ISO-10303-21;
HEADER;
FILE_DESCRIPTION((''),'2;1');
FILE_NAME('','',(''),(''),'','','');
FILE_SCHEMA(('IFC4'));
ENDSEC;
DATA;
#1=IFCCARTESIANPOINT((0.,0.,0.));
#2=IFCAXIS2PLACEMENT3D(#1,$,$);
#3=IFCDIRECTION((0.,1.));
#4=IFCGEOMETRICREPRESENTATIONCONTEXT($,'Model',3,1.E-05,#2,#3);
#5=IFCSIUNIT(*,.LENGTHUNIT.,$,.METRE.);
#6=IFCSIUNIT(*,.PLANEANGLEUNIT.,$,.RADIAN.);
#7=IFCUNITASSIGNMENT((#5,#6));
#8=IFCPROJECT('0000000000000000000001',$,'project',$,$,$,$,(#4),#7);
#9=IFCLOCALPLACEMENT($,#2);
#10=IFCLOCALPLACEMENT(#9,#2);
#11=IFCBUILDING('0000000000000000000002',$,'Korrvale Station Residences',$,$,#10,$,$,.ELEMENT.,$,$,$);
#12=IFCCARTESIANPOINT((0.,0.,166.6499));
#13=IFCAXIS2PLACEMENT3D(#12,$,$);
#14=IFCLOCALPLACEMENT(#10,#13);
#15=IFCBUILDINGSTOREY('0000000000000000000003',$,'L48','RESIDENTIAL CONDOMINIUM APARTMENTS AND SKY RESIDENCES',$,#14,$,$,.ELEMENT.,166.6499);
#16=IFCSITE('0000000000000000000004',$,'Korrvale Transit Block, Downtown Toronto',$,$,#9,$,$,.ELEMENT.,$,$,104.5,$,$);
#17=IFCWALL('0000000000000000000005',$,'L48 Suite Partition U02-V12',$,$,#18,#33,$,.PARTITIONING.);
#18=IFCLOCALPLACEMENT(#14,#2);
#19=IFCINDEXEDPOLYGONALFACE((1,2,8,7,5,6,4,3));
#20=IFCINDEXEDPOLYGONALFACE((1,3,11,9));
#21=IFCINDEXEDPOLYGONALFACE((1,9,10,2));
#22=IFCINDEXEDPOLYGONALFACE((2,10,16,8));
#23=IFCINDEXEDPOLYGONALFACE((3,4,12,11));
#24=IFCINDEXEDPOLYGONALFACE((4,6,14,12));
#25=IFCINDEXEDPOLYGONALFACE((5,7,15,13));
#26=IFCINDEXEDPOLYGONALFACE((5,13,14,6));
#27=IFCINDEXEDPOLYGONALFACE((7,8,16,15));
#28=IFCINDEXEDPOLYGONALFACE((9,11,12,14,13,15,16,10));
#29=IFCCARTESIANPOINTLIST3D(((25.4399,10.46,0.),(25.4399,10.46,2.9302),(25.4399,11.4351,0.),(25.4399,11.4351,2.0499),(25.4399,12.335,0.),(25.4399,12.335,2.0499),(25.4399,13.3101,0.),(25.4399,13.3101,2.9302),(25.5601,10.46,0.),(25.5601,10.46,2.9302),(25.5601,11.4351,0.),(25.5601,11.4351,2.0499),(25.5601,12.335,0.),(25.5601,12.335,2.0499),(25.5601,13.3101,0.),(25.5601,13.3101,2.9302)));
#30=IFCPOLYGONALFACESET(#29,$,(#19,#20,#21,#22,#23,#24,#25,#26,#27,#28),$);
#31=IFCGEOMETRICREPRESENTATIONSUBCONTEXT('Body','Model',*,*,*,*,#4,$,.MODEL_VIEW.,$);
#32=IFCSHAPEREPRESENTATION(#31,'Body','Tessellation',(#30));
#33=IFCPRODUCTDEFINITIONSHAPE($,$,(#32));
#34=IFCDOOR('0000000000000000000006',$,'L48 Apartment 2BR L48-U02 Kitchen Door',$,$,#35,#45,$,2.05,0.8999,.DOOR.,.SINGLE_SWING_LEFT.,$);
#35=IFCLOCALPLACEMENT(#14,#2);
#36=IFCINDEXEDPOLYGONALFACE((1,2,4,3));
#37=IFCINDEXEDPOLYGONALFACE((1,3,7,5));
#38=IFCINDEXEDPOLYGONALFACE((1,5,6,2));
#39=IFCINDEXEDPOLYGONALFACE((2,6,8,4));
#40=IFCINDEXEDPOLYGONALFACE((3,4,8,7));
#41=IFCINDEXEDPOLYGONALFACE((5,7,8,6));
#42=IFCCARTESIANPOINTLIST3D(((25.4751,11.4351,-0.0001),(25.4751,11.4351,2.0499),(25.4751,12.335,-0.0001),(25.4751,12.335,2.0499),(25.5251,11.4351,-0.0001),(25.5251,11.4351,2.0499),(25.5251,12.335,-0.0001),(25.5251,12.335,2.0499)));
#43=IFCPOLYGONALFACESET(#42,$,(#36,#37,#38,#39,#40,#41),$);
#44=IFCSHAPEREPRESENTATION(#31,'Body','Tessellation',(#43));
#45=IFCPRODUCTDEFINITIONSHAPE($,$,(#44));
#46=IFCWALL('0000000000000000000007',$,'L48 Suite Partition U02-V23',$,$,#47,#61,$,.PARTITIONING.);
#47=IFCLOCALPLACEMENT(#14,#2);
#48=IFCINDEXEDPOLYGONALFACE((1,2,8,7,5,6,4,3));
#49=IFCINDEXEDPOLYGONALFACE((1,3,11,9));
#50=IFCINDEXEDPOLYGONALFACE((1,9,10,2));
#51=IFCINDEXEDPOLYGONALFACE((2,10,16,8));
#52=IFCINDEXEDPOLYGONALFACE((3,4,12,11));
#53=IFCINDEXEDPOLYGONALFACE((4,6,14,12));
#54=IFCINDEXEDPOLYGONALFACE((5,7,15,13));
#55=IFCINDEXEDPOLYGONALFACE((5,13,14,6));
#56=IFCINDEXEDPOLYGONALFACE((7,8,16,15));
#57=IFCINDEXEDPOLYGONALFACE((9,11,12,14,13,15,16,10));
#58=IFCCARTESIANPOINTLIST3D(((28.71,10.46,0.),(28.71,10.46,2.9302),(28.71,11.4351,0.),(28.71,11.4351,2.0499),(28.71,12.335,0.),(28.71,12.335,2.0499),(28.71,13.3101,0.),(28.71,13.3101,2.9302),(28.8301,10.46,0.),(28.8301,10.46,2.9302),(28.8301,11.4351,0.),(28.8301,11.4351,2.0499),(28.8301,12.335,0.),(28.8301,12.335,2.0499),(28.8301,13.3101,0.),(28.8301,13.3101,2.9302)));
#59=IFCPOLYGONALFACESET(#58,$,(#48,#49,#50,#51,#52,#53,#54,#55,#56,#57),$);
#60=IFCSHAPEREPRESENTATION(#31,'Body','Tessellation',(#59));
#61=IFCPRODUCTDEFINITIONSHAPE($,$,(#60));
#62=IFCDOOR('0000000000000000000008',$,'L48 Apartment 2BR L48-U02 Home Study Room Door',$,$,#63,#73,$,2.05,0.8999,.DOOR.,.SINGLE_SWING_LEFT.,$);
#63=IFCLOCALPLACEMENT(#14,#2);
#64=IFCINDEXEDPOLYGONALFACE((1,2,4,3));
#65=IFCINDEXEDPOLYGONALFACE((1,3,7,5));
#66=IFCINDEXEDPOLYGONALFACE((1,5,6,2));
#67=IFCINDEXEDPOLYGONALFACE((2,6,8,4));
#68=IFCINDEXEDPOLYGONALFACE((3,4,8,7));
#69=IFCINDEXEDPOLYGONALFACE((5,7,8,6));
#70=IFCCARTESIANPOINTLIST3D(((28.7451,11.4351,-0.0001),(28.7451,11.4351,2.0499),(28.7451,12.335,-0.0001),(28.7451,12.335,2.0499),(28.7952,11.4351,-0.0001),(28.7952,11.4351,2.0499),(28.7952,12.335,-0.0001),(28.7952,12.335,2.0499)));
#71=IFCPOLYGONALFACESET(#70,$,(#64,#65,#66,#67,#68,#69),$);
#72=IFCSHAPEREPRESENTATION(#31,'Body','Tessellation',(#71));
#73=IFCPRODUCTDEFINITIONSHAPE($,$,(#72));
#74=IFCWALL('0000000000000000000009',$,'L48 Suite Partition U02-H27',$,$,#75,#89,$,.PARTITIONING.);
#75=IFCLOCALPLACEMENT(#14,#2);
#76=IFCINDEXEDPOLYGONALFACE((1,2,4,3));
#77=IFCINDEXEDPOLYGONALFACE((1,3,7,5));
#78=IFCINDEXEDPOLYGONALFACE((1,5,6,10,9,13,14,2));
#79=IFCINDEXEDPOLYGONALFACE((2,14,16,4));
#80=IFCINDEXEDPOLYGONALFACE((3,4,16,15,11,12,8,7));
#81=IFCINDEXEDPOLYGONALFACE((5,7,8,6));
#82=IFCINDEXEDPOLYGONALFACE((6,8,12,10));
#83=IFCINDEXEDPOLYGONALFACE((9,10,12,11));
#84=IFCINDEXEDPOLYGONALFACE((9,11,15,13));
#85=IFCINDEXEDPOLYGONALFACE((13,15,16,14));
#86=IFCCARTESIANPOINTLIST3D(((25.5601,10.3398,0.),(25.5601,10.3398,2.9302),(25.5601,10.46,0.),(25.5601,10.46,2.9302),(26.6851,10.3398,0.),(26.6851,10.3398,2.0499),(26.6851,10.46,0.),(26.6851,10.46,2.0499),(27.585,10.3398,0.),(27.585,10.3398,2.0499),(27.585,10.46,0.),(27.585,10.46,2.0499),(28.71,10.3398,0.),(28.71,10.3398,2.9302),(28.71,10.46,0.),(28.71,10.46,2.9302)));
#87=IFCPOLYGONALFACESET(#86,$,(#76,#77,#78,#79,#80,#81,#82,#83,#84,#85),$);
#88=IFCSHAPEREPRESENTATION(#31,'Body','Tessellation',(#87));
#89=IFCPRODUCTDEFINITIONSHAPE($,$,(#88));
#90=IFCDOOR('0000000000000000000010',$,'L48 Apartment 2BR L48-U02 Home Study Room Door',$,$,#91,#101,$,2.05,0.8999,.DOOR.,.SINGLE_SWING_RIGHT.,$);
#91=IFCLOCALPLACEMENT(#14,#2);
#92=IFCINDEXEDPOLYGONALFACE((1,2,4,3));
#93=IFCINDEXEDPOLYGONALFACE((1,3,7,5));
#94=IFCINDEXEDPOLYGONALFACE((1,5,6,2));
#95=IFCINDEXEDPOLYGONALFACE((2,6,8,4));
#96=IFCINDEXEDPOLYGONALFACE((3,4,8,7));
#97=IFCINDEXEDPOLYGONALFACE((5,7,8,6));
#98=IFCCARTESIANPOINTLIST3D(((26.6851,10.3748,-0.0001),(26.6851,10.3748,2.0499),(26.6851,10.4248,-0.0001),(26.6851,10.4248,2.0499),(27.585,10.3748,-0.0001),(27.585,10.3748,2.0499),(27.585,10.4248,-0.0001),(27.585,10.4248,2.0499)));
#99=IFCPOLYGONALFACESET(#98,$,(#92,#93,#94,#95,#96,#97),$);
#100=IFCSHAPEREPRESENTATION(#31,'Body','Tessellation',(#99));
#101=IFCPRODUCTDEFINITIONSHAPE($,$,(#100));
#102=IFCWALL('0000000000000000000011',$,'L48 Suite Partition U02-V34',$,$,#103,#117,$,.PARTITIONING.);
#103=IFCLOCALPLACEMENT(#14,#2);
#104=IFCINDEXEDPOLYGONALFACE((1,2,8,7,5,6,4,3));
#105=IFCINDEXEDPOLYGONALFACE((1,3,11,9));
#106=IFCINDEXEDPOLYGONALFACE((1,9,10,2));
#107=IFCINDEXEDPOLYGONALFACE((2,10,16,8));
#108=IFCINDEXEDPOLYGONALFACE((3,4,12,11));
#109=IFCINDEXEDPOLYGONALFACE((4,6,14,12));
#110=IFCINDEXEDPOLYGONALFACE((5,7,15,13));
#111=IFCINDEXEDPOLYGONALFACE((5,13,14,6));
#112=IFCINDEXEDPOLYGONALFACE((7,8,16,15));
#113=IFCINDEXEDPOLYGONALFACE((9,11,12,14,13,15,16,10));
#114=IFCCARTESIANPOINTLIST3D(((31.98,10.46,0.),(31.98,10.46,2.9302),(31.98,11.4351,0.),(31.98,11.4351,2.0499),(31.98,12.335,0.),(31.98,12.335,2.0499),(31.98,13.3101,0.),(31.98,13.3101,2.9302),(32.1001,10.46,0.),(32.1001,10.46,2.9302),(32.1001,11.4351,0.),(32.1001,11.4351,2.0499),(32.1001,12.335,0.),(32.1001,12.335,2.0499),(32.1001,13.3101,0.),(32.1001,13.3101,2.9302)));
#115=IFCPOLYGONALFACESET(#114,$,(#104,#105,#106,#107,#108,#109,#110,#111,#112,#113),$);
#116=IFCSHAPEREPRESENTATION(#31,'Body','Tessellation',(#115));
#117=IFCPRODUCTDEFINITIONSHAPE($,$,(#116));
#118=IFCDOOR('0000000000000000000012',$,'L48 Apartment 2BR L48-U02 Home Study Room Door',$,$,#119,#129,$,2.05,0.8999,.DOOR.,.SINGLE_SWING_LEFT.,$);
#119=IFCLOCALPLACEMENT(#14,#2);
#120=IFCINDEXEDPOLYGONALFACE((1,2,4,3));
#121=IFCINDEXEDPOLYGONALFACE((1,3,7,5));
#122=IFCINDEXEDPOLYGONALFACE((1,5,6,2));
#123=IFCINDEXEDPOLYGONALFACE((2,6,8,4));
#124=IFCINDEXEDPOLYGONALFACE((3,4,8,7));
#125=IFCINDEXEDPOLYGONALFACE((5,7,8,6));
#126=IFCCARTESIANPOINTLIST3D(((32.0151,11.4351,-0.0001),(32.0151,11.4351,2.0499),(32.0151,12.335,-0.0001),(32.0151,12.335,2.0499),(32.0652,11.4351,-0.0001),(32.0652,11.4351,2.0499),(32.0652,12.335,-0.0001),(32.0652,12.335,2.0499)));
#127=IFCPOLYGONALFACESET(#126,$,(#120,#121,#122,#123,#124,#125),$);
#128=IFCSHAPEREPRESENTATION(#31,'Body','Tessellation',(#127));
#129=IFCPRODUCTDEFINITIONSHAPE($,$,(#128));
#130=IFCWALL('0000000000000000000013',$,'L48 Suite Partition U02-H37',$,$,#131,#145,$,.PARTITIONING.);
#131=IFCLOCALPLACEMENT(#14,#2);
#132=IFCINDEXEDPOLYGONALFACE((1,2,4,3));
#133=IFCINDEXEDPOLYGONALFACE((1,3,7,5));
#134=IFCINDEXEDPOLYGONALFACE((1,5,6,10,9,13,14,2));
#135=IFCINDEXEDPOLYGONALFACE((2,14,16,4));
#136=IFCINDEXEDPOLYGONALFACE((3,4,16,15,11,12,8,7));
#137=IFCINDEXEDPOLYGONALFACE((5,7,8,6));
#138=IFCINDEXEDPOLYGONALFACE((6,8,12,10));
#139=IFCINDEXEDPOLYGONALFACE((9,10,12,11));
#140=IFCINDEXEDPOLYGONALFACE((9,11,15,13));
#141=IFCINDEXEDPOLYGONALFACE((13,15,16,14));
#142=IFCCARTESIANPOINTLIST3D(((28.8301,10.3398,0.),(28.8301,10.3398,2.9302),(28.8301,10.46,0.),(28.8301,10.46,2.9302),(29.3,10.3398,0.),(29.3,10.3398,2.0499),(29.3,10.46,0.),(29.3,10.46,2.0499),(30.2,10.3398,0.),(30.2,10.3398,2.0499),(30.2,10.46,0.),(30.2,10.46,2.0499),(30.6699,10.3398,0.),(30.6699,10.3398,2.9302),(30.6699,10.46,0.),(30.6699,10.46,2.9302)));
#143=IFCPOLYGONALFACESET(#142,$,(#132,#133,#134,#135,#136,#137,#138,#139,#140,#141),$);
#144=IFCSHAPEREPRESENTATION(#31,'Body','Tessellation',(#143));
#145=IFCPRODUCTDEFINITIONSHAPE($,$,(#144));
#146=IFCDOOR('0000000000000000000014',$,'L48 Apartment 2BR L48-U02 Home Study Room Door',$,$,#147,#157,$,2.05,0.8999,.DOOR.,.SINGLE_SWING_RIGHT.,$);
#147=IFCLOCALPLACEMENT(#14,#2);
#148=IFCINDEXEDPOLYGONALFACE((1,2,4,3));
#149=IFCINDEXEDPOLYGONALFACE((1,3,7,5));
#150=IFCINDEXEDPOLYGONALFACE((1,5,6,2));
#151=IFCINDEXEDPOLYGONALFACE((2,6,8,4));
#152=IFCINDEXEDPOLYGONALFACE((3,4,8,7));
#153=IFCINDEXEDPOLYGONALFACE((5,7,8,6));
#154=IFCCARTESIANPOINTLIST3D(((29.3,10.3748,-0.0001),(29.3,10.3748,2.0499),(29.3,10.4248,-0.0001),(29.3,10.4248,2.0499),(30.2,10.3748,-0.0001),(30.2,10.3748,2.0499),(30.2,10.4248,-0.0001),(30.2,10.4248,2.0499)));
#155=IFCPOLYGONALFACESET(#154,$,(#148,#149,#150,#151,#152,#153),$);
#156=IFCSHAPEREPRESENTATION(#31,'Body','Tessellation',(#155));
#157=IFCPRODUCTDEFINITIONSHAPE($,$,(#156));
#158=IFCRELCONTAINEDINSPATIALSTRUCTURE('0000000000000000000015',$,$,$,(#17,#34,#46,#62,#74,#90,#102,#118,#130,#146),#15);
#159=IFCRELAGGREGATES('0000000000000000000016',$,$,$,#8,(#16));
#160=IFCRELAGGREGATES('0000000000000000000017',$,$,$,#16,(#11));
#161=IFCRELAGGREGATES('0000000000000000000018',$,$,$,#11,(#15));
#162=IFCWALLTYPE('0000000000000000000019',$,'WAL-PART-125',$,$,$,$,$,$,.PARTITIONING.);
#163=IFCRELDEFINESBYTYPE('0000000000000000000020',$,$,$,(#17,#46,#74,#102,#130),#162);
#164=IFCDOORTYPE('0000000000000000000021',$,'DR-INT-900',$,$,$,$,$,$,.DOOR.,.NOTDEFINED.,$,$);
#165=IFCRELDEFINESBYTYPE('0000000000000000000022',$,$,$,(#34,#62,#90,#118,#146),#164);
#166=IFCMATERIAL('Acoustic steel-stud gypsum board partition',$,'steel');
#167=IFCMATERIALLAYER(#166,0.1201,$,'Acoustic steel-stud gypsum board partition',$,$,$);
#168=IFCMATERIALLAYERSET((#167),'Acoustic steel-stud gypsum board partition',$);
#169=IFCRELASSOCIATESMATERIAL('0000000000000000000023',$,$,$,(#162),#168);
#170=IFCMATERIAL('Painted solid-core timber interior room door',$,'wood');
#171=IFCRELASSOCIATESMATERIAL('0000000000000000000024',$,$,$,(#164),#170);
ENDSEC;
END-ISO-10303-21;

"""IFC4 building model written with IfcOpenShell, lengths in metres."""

from ifc_helpers import new_model, si_unit, direction, frame, frame_2d, origin, place, context, subcontext, project, spatial, rectangle, extrude, material, layer, layer_set, type_object, element, fill, save


model = new_model("IFC4")

# Units and contexts
model_context = context("Model", 3, precision=1e-05, world=origin(), true_north=direction((0.0, 1.0)))
body_context = subcontext(model_context, "Body", "Model", "MODEL_VIEW")
ifc_project = project(units=[si_unit("LENGTHUNIT", "METRE"), si_unit("PLANEANGLEUNIT", "RADIAN")], contexts=[model_context])

# Site, building, storey
site_placement = place(None, origin())
site = spatial("IfcSite", under=ifc_project, at=site_placement, Name="Korrvale Transit Block, Downtown Toronto", CompositionType="ELEMENT", RefElevation=104.5)
building_placement = place(site_placement, origin())
building = spatial("IfcBuilding", under=site, at=building_placement, Name="Korrvale Station Residences", CompositionType="ELEMENT")
storey_placement = place(building_placement, frame((0.0, 0.0, 166.6499)))
storey = spatial("IfcBuildingStorey", under=building, at=storey_placement, Name="L48", Description="RESIDENTIAL CONDOMINIUM APARTMENTS AND SKY RESIDENCES", CompositionType="ELEMENT", Elevation=166.6499)

# Walls, openings, doors
ifc_material_1 = material(Name="Acoustic steel-stud gypsum board partition", Category="steel")
ifc_layer_1 = layer(ifc_material_1, 0.1201, Name="Acoustic steel-stud gypsum board partition")
ifc_layer_set_1 = layer_set([ifc_layer_1], Name="Acoustic steel-stud gypsum board partition")
wall_type = type_object("IfcWallType", Name="WAL-PART-125", PredefinedType="PARTITIONING", material=ifc_layer_set_1)
wall_1_placement = place(storey_placement, frame((25.5, 10.46, 0.0), z_axis=(0.0, 0.0, 1.0), x_axis=(0.0, 1.0, 0.0)))
wall_1 = element("IfcWall", 1, at=wall_1_placement, inside=storey, type_object=wall_type, Name="L48 Suite Partition U02-V12", PredefinedType="PARTITIONING", context=body_context, shape_type="SweptSolid", body=[
    extrude(rectangle(XDim=2.8501, YDim=0.1201, at=frame_2d((1.425, 0.0))), origin(), (0.0, 0.0, 1.0), 2.9302),
])
opening_1_placement = place(wall_1_placement, frame((0.9751, 0.0, 0.0)))
opening_1 = element("IfcOpeningElement", 2, at=opening_1_placement, cuts=wall_1, PredefinedType="OPENING", context=body_context, shape_type="SweptSolid", body=[
    extrude(rectangle(XDim=0.8999, YDim=2.05, at=frame_2d((0.45, 1.0249))), frame((0.0, 0.0701, 0.0), z_axis=(0.0, -1.0, 0.0), x_axis=(1.0, 0.0, 0.0)), (0.0, 0.0, 1.0), 0.1401),
])
ifc_material_2 = material(Name="Painted solid-core timber interior room door", Category="wood")
door_type = type_object("IfcDoorType", Name="DR-INT-900", OperationType="NOTDEFINED", PredefinedType="DOOR", material=ifc_material_2)
door_1_placement = place(opening_1_placement, origin())
door_1 = element("IfcDoor", 3, at=door_1_placement, inside=storey, type_object=door_type, Name="L48 Apartment 2BR L48-U02 Kitchen Door", OperationType="SINGLE_SWING_LEFT", OverallHeight=2.05, OverallWidth=0.8999, PredefinedType="DOOR", context=body_context, shape_type="SweptSolid", body=[
    extrude(rectangle(XDim=0.8999, YDim=2.05, at=frame_2d((0.45, 1.0249))), frame((0.0, 0.0249, 0.0), z_axis=(0.0, -1.0, 0.0), x_axis=(1.0, 0.0, 0.0)), (0.0, 0.0, 1.0), 0.05),
])
fill(opening_1, door_1)
wall_2_placement = place(storey_placement, frame((28.77, 10.46, 0.0), z_axis=(0.0, 0.0, 1.0), x_axis=(0.0, 1.0, 0.0)))
wall_2 = element("IfcWall", 4, at=wall_2_placement, inside=storey, type_object=wall_type, Name="L48 Suite Partition U02-V23", PredefinedType="PARTITIONING", context=body_context, shape_type="SweptSolid", body=[
    extrude(rectangle(XDim=2.8501, YDim=0.1201, at=frame_2d((1.425, 0.0))), origin(), (0.0, 0.0, 1.0), 2.9302),
])
opening_2_placement = place(wall_2_placement, frame((0.9751, 0.0, 0.0)))
opening_2 = element("IfcOpeningElement", 5, at=opening_2_placement, cuts=wall_2, PredefinedType="OPENING", context=body_context, shape_type="SweptSolid", body=[
    extrude(rectangle(XDim=0.8999, YDim=2.05, at=frame_2d((0.45, 1.0249))), frame((0.0, 0.0701, 0.0), z_axis=(0.0, -1.0, 0.0), x_axis=(1.0, 0.0, 0.0)), (0.0, 0.0, 1.0), 0.1401),
])
door_2_placement = place(opening_2_placement, origin())
door_2 = element("IfcDoor", 6, at=door_2_placement, inside=storey, type_object=door_type, Name="L48 Apartment 2BR L48-U02 Home Study Room Door", OperationType="SINGLE_SWING_LEFT", OverallHeight=2.05, OverallWidth=0.8999, PredefinedType="DOOR", context=body_context, shape_type="SweptSolid", body=[
    extrude(rectangle(XDim=0.8999, YDim=2.05, at=frame_2d((0.45, 1.0249))), frame((0.0, 0.0249, 0.0), z_axis=(0.0, -1.0, 0.0), x_axis=(1.0, 0.0, 0.0)), (0.0, 0.0, 1.0), 0.05),
])
fill(opening_2, door_2)
wall_3_placement = place(storey_placement, frame((25.5601, 10.3999, 0.0), z_axis=(0.0, 0.0, 1.0), x_axis=(1.0, 0.0, 0.0)))
wall_3 = element("IfcWall", 7, at=wall_3_placement, inside=storey, type_object=wall_type, Name="L48 Suite Partition U02-H27", PredefinedType="PARTITIONING", context=body_context, shape_type="SweptSolid", body=[
    extrude(rectangle(XDim=3.1499, YDim=0.1201, at=frame_2d((1.575, 0.0))), origin(), (0.0, 0.0, 1.0), 2.9302),
])
opening_3_placement = place(wall_3_placement, frame((1.125, 0.0, 0.0)))
opening_3 = element("IfcOpeningElement", 8, at=opening_3_placement, cuts=wall_3, PredefinedType="OPENING", context=body_context, shape_type="SweptSolid", body=[
    extrude(rectangle(XDim=0.8999, YDim=2.05, at=frame_2d((0.45, 1.0249))), frame((0.0, 0.0701, 0.0), z_axis=(0.0, -1.0, 0.0), x_axis=(1.0, 0.0, 0.0)), (0.0, 0.0, 1.0), 0.1401),
])
door_3_placement = place(opening_3_placement, origin())
door_3 = element("IfcDoor", 9, at=door_3_placement, inside=storey, type_object=door_type, Name="L48 Apartment 2BR L48-U02 Home Study Room Door", OperationType="SINGLE_SWING_RIGHT", OverallHeight=2.05, OverallWidth=0.8999, PredefinedType="DOOR", context=body_context, shape_type="SweptSolid", body=[
    extrude(rectangle(XDim=0.8999, YDim=2.05, at=frame_2d((0.45, 1.0249))), frame((0.0, 0.0249, 0.0), z_axis=(0.0, -1.0, 0.0), x_axis=(1.0, 0.0, 0.0)), (0.0, 0.0, 1.0), 0.05),
])
fill(opening_3, door_3)
wall_4_placement = place(storey_placement, frame((32.04, 10.46, 0.0), z_axis=(0.0, 0.0, 1.0), x_axis=(0.0, 1.0, 0.0)))
wall_4 = element("IfcWall", 10, at=wall_4_placement, inside=storey, type_object=wall_type, Name="L48 Suite Partition U02-V34", PredefinedType="PARTITIONING", context=body_context, shape_type="SweptSolid", body=[
    extrude(rectangle(XDim=2.8501, YDim=0.1201, at=frame_2d((1.425, 0.0))), origin(), (0.0, 0.0, 1.0), 2.9302),
])
opening_4_placement = place(wall_4_placement, frame((0.9751, 0.0, 0.0)))
opening_4 = element("IfcOpeningElement", 11, at=opening_4_placement, cuts=wall_4, PredefinedType="OPENING", context=body_context, shape_type="SweptSolid", body=[
    extrude(rectangle(XDim=0.8999, YDim=2.05, at=frame_2d((0.45, 1.0249))), frame((0.0, 0.0701, 0.0), z_axis=(0.0, -1.0, 0.0), x_axis=(1.0, 0.0, 0.0)), (0.0, 0.0, 1.0), 0.1401),
])
door_4_placement = place(opening_4_placement, origin())
door_4 = element("IfcDoor", 12, at=door_4_placement, inside=storey, type_object=door_type, Name="L48 Apartment 2BR L48-U02 Home Study Room Door", OperationType="SINGLE_SWING_LEFT", OverallHeight=2.05, OverallWidth=0.8999, PredefinedType="DOOR", context=body_context, shape_type="SweptSolid", body=[
    extrude(rectangle(XDim=0.8999, YDim=2.05, at=frame_2d((0.45, 1.0249))), frame((0.0, 0.0249, 0.0), z_axis=(0.0, -1.0, 0.0), x_axis=(1.0, 0.0, 0.0)), (0.0, 0.0, 1.0), 0.05),
])
fill(opening_4, door_4)
wall_5_placement = place(storey_placement, frame((28.8301, 10.3999, 0.0), z_axis=(0.0, 0.0, 1.0), x_axis=(1.0, 0.0, 0.0)))
wall_5 = element("IfcWall", 13, at=wall_5_placement, inside=storey, type_object=wall_type, Name="L48 Suite Partition U02-H37", PredefinedType="PARTITIONING", context=body_context, shape_type="SweptSolid", body=[
    extrude(rectangle(XDim=1.8398, YDim=0.1201, at=frame_2d((0.9199, 0.0))), origin(), (0.0, 0.0, 1.0), 2.9302),
])
opening_5_placement = place(wall_5_placement, frame((0.47, 0.0, 0.0)))
opening_5 = element("IfcOpeningElement", 14, at=opening_5_placement, cuts=wall_5, PredefinedType="OPENING", context=body_context, shape_type="SweptSolid", body=[
    extrude(rectangle(XDim=0.8999, YDim=2.05, at=frame_2d((0.45, 1.0249))), frame((0.0, 0.0701, 0.0), z_axis=(0.0, -1.0, 0.0), x_axis=(1.0, 0.0, 0.0)), (0.0, 0.0, 1.0), 0.1401),
])
door_5_placement = place(opening_5_placement, origin())
door_5 = element("IfcDoor", 15, at=door_5_placement, inside=storey, type_object=door_type, Name="L48 Apartment 2BR L48-U02 Home Study Room Door", OperationType="SINGLE_SWING_RIGHT", OverallHeight=2.05, OverallWidth=0.8999, PredefinedType="DOOR", context=body_context, shape_type="SweptSolid", body=[
    extrude(rectangle(XDim=0.8999, YDim=2.05, at=frame_2d((0.45, 1.0249))), frame((0.0, 0.0249, 0.0), z_axis=(0.0, -1.0, 0.0), x_axis=(1.0, 0.0, 0.0)), (0.0, 0.0, 1.0), 0.05),
])
fill(opening_5, door_5)

save(model, "model.ifc")
